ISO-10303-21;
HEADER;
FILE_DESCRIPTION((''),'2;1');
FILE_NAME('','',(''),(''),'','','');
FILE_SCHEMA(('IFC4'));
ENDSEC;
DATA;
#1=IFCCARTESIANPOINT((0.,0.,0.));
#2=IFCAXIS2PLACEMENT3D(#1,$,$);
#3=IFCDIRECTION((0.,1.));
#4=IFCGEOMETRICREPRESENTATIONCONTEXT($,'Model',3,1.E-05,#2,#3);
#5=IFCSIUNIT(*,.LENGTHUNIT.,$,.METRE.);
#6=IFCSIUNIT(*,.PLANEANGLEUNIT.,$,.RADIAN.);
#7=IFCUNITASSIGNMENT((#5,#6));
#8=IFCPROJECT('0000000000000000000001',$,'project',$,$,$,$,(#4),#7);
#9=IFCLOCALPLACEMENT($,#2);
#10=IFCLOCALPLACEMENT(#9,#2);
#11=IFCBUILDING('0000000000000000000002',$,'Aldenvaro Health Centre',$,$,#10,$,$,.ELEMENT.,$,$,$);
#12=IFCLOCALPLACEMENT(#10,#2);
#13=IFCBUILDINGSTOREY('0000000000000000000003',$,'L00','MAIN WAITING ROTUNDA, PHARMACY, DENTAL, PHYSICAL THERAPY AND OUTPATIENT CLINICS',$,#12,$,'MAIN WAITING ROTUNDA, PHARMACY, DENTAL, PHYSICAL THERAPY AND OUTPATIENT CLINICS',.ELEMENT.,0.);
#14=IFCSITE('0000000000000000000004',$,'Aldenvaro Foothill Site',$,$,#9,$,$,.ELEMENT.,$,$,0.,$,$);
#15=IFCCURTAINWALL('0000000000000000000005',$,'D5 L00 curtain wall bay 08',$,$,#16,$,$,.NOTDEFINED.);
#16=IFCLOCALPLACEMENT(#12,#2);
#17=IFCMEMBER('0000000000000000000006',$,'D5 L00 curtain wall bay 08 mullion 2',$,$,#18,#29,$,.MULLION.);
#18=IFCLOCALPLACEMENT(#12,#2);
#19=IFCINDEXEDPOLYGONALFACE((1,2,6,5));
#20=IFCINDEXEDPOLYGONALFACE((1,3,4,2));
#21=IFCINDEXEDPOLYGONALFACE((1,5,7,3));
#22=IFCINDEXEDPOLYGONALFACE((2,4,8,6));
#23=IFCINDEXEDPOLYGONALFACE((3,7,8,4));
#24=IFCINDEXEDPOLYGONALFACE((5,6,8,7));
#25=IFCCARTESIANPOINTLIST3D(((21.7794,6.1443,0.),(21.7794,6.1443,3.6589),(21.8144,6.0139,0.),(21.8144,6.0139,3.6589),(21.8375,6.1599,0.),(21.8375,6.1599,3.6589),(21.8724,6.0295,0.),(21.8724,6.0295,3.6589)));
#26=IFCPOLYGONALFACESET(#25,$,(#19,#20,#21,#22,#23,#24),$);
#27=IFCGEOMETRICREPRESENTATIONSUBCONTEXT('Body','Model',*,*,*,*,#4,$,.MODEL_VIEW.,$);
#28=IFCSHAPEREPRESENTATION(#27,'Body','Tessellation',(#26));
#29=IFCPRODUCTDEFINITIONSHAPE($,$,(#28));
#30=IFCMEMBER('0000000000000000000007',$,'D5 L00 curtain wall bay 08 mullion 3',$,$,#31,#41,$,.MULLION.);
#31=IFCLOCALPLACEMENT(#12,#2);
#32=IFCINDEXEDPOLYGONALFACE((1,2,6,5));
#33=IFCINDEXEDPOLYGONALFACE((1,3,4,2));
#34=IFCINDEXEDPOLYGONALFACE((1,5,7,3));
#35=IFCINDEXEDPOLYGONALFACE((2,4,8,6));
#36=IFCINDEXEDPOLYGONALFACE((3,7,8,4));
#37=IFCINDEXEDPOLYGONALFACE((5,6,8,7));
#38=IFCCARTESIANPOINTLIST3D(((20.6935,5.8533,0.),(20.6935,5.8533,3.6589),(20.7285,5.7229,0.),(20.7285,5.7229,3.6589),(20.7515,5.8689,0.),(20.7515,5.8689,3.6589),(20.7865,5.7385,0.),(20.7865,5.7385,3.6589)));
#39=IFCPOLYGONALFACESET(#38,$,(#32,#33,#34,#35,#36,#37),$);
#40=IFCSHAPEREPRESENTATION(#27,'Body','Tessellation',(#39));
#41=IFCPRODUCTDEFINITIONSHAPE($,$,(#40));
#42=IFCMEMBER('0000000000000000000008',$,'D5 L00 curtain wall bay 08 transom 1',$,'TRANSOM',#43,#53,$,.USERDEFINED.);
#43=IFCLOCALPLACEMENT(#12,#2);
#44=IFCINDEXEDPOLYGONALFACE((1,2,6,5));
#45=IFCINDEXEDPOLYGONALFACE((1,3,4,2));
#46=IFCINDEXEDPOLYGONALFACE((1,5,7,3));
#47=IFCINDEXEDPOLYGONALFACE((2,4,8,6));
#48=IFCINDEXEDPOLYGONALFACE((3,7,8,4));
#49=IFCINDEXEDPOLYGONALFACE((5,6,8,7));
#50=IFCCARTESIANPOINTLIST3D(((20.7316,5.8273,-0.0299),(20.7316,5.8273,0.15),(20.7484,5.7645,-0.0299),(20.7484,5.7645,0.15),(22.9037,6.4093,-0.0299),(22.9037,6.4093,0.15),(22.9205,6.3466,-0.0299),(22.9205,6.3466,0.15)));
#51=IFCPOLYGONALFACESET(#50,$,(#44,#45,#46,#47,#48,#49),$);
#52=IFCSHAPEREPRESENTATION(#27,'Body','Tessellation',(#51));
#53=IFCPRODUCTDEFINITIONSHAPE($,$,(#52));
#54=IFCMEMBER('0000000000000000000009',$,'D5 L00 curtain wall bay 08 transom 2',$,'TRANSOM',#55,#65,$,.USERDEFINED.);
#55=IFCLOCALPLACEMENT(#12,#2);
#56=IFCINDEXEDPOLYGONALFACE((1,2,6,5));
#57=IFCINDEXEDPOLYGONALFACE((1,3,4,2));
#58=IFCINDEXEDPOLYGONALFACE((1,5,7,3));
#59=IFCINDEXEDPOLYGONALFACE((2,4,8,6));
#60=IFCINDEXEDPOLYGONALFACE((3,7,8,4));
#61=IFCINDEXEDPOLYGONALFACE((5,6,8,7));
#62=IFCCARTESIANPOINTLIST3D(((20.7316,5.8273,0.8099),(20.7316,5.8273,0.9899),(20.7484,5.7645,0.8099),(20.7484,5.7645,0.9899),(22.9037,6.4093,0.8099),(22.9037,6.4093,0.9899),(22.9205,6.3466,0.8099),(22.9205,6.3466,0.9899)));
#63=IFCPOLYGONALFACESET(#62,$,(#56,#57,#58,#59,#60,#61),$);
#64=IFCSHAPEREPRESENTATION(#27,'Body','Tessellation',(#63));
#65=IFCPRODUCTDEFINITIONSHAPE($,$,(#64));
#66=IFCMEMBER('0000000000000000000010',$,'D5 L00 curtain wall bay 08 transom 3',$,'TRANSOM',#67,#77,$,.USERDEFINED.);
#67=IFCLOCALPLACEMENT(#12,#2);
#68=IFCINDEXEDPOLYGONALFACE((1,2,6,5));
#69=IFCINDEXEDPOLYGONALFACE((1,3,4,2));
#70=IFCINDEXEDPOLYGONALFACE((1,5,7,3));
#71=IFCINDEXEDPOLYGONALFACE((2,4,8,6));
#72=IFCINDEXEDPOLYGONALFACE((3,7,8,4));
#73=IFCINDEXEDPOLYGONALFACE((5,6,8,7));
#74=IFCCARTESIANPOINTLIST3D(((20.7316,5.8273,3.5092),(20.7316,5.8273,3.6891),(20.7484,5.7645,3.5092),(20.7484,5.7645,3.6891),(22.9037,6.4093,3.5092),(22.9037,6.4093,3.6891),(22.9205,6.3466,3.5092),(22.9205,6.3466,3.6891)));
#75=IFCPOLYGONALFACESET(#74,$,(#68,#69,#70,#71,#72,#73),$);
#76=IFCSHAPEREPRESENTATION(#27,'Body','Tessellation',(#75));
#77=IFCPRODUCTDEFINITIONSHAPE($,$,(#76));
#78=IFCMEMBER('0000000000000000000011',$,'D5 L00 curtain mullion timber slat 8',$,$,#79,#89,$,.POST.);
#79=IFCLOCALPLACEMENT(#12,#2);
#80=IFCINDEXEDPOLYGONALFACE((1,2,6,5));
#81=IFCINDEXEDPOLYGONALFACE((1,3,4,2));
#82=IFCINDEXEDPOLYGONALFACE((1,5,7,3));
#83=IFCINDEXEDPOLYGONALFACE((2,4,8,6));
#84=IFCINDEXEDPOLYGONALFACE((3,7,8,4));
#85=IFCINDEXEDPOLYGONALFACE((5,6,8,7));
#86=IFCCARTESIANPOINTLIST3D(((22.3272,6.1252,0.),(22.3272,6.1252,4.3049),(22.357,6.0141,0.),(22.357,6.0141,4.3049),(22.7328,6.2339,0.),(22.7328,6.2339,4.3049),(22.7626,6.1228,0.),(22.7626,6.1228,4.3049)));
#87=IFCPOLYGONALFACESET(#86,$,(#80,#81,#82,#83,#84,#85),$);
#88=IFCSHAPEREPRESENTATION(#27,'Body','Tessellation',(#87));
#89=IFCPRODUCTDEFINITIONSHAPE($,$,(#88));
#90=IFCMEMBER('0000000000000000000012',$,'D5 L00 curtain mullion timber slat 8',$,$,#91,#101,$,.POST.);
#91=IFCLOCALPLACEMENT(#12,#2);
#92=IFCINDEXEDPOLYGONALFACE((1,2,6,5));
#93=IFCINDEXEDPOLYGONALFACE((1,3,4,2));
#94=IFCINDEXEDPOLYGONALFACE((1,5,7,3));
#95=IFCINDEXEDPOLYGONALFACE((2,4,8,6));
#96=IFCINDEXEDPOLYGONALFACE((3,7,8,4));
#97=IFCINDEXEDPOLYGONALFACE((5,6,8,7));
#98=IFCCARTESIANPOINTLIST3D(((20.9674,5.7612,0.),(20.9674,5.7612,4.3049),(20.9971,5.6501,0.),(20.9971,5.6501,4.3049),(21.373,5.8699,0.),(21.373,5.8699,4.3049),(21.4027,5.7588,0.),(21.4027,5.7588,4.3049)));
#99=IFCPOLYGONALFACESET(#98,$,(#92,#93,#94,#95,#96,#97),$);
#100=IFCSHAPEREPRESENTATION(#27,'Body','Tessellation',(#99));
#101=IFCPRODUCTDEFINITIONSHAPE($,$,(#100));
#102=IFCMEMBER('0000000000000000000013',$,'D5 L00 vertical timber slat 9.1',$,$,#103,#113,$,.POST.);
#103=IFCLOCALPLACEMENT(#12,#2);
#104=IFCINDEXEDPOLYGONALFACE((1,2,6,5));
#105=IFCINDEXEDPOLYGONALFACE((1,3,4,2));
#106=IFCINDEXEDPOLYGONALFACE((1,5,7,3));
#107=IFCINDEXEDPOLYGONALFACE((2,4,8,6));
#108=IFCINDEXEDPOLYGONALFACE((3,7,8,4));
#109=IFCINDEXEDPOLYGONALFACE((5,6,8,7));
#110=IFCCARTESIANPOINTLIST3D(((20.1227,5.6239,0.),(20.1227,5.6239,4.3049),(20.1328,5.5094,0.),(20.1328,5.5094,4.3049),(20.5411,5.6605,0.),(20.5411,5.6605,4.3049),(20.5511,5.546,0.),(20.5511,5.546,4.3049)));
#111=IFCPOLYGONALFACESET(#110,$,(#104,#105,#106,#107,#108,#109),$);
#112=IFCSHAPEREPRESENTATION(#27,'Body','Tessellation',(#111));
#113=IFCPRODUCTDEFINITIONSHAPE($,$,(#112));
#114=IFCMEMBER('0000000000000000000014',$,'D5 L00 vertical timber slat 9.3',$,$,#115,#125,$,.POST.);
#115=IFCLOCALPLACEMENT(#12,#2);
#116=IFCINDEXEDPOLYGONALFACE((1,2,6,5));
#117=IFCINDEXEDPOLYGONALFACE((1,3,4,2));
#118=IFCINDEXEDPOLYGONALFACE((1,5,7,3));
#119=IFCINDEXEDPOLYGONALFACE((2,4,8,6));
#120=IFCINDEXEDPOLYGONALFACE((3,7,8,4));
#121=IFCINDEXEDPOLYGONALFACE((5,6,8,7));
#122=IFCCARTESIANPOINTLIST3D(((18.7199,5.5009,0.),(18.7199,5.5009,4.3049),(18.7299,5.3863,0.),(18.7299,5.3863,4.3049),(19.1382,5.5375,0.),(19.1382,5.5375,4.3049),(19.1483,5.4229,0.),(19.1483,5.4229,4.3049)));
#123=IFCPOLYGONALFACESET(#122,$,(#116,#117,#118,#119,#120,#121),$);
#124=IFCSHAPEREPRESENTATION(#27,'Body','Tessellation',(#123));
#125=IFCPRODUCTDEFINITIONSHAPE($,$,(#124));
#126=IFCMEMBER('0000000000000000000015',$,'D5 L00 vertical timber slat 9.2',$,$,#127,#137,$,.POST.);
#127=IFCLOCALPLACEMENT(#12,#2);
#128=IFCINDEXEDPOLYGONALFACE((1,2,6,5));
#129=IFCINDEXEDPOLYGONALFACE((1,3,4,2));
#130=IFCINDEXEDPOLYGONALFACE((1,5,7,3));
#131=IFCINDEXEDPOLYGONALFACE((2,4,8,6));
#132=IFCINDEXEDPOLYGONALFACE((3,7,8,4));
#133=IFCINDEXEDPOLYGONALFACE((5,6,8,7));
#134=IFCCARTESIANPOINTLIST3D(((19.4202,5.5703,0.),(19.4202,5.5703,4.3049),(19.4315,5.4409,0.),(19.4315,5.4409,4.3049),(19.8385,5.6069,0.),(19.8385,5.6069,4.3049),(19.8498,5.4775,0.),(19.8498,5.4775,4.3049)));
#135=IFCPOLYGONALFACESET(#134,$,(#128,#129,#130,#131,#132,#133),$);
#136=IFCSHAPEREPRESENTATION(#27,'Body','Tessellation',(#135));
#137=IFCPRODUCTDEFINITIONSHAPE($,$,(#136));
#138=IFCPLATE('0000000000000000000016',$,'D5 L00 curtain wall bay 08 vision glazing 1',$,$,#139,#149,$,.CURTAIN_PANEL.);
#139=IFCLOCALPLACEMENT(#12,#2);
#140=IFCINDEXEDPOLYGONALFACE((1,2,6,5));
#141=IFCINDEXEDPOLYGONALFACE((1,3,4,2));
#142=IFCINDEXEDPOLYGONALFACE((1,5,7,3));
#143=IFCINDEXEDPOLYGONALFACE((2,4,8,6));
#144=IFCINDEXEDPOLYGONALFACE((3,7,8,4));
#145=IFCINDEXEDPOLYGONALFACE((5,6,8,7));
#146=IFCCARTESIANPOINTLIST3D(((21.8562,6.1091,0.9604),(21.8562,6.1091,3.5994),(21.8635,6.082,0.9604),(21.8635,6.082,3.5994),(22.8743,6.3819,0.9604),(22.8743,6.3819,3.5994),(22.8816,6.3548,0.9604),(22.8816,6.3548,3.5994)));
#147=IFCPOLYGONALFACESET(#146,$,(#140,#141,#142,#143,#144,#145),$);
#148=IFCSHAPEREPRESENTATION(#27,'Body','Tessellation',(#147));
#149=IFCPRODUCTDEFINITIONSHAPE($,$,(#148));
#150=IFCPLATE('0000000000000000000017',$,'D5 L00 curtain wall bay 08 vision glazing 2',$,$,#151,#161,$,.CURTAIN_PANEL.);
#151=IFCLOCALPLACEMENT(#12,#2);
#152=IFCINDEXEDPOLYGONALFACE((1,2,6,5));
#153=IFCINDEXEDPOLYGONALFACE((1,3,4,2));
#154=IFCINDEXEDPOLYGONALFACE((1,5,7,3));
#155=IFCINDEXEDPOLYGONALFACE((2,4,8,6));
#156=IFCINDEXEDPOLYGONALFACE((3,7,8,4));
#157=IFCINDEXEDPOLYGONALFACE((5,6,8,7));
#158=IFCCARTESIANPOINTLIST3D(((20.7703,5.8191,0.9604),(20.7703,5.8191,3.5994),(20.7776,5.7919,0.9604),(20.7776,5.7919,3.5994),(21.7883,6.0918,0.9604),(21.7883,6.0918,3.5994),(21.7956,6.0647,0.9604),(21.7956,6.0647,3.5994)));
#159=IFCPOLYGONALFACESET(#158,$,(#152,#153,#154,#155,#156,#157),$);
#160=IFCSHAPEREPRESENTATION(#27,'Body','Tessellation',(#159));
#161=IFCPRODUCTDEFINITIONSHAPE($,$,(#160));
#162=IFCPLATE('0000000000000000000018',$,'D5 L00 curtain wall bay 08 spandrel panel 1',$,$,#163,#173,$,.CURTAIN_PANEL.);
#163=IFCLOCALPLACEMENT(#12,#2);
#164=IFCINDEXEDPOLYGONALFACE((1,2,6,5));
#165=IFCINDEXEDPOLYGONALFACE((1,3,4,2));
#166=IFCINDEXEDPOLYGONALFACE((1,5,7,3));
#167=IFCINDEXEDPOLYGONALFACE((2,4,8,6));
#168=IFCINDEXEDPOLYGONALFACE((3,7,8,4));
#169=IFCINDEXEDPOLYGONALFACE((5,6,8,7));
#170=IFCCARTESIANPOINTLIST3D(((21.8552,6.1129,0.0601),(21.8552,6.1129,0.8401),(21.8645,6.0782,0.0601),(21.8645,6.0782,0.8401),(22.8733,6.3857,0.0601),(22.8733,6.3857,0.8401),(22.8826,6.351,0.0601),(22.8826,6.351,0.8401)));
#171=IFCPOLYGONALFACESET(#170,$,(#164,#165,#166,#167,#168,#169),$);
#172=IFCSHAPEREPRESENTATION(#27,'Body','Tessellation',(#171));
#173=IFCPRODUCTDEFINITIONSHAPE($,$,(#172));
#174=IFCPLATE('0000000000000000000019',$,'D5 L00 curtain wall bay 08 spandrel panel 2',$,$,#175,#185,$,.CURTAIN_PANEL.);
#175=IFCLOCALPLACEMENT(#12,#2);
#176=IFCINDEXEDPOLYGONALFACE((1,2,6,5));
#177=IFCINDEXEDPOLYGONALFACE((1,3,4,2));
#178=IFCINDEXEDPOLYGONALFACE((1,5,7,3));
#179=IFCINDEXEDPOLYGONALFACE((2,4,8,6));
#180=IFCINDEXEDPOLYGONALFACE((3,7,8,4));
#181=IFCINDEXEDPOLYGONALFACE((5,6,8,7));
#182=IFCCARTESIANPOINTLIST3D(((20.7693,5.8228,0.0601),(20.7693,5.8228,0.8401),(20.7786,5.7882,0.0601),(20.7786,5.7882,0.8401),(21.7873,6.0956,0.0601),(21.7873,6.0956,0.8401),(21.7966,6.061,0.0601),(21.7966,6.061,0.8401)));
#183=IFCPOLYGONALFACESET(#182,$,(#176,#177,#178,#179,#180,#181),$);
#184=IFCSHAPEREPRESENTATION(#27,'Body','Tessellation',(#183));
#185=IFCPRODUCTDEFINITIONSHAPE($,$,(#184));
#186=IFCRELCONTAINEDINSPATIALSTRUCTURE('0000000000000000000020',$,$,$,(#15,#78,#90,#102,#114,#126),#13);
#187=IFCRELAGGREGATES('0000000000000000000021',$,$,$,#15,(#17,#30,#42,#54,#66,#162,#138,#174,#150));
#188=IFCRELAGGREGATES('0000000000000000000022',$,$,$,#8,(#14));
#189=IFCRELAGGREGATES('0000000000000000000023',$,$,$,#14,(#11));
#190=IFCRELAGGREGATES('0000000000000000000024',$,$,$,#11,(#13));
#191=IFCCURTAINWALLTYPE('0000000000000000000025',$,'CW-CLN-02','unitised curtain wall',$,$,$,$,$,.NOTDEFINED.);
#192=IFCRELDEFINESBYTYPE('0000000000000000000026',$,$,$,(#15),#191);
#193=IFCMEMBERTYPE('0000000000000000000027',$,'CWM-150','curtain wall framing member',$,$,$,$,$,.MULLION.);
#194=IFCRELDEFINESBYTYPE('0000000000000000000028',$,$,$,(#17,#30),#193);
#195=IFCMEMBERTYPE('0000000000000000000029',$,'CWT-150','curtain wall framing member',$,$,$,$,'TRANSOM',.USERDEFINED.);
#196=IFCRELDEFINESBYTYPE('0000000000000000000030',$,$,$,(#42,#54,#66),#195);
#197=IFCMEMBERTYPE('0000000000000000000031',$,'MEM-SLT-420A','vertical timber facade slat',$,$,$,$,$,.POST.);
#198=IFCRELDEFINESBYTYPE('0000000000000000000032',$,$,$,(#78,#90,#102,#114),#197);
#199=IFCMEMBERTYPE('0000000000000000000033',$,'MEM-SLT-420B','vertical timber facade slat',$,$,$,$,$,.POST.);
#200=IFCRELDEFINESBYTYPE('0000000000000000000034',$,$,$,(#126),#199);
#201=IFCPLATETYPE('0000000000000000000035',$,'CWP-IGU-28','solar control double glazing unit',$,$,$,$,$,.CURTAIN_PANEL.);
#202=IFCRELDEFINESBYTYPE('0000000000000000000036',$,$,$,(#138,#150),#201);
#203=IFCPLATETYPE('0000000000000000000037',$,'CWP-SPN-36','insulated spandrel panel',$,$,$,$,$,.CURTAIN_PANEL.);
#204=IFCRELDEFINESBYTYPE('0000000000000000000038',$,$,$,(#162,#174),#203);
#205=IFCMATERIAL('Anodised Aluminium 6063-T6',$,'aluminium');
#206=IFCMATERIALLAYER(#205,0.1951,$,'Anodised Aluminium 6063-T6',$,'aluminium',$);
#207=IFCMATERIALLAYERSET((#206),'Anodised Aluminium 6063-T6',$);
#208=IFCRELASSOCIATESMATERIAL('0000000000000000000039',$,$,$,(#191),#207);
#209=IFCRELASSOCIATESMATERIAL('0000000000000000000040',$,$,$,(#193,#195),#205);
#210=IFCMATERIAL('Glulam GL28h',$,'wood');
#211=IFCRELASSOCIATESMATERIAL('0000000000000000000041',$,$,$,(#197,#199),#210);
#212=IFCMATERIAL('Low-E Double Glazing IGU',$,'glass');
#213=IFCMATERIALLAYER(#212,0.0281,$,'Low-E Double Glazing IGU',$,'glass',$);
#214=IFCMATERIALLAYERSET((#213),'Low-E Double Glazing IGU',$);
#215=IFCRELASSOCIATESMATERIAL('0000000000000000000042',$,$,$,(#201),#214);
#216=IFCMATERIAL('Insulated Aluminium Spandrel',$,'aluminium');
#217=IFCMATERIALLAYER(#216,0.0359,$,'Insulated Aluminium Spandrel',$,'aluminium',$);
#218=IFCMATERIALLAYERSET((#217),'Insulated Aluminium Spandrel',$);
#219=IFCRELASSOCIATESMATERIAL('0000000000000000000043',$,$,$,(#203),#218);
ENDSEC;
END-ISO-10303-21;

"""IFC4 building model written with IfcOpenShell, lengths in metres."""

from ifc_helpers import new_model, si_unit, direction, frame, origin, origin_2d, place, context, subcontext, project, spatial, rectangle, extrude, material, layer, layer_set, material_profile, profile_set, type_object, element, aggregate, save


model = new_model("IFC4")

# Units and contexts
model_context = context("Model", 3, precision=1e-05, world=origin(), true_north=direction((0.0, 1.0)))
body_context = subcontext(model_context, "Body", "Model", "MODEL_VIEW")
ifc_project = project(units=[si_unit("LENGTHUNIT", "METRE"), si_unit("PLANEANGLEUNIT", "RADIAN")], contexts=[model_context])

# Site, building, storey
site_placement = place(None, origin())
site = spatial("IfcSite", under=ifc_project, at=site_placement, Name="Aldenvaro Foothill Site", CompositionType="ELEMENT", RefElevation=0.0)
building_placement = place(site_placement, origin())
building = spatial("IfcBuilding", under=site, at=building_placement, Name="Aldenvaro Health Centre", CompositionType="ELEMENT")
storey_placement = place(building_placement, origin())
storey = spatial("IfcBuildingStorey", under=building, at=storey_placement, Name="L00", Description="MAIN WAITING ROTUNDA, PHARMACY, DENTAL, PHYSICAL THERAPY AND OUTPATIENT CLINICS", LongName="MAIN WAITING ROTUNDA, PHARMACY, DENTAL, PHYSICAL THERAPY AND OUTPATIENT CLINICS", CompositionType="ELEMENT", Elevation=0.0)

# Curtain wall, members
ifc_material_1 = material(Name="Anodised Aluminium 6063-T6", Category="aluminium")
ifc_layer_1 = layer(ifc_material_1, 0.1951, Name="Anodised Aluminium 6063-T6", Category="aluminium")
ifc_layer_set_1 = layer_set([ifc_layer_1], Name="Anodised Aluminium 6063-T6")
curtain_wall_type = type_object("IfcCurtainWallType", Name="CW-CLN-02", Description="unitised curtain wall", PredefinedType="NOTDEFINED", material=ifc_layer_set_1)
curtain_wall_placement = place(storey_placement, origin())
curtain_wall = element("IfcCurtainWall", 1, at=curtain_wall_placement, inside=storey, type_object=curtain_wall_type, Name="D5 L00 curtain wall bay 08", PredefinedType="NOTDEFINED")
ifc_material_profile_1 = material_profile(ifc_material_1, rectangle(XDim=0.0601, YDim=0.135, at=origin_2d()), Name="ALU 60x135", Category="aluminium")
ifc_profile_set_1 = profile_set([ifc_material_profile_1], Name="Anodised Aluminium 6063-T6")
member_type_1 = type_object("IfcMemberType", Name="CWM-150", Description="curtain wall framing member", PredefinedType="MULLION", material=ifc_profile_set_1)
member_1_placement = place(storey_placement, frame((21.8259, 6.0869, 0.0), z_axis=(0.0, 0.0, 1.0), x_axis=(-0.965924, -0.258825, 0.0)))
member_1 = element("IfcMember", 2, at=member_1_placement, type_object=member_type_1, Name="D5 L00 curtain wall bay 08 mullion 2", PredefinedType="MULLION", context=body_context, shape_type="SweptSolid", body=[
    extrude(rectangle(XDim=0.0601, YDim=0.135, at=origin_2d()), origin(), (0.0, 0.0, 1.0), 3.6589),
])
member_2_placement = place(storey_placement, frame((20.74, 5.7959, 0.0), z_axis=(0.0, 0.0, 1.0), x_axis=(-0.965924, -0.258825, 0.0)))
member_2 = element("IfcMember", 3, at=member_2_placement, type_object=member_type_1, Name="D5 L00 curtain wall bay 08 mullion 3", PredefinedType="MULLION", context=body_context, shape_type="SweptSolid", body=[
    extrude(rectangle(XDim=0.0601, YDim=0.135, at=origin_2d()), origin(), (0.0, 0.0, 1.0), 3.6589),
])
ifc_material_profile_2 = material_profile(ifc_material_1, rectangle(XDim=0.0649, YDim=0.1799, at=origin_2d()), Name="ALU 65x180", Category="aluminium")
ifc_profile_set_2 = profile_set([ifc_material_profile_2], Name="Anodised Aluminium 6063-T6")
member_type_2 = type_object("IfcMemberType", Name="CWT-150", Description="curtain wall framing member", ElementType="TRANSOM", PredefinedType="USERDEFINED", material=ifc_profile_set_2)
member_3_placement = place(storey_placement, frame((22.9121, 6.3779, 0.0601), z_axis=(-0.965924, -0.258825, 0.0), x_axis=(0.258825, -0.965924, 0.0)))
member_3 = element("IfcMember", 4, at=member_3_placement, type_object=member_type_2, Name="D5 L00 curtain wall bay 08 transom 1", ObjectType="TRANSOM", PredefinedType="USERDEFINED", context=body_context, shape_type="SweptSolid", body=[
    extrude(rectangle(XDim=0.0649, YDim=0.1799, at=origin_2d()), origin(), (0.0, 0.0, 1.0), 2.2488),
])
member_4_placement = place(storey_placement, frame((22.9121, 6.3779, 0.8999), z_axis=(-0.965924, -0.258825, 0.0), x_axis=(0.258825, -0.965924, 0.0)))
member_4 = element("IfcMember", 5, at=member_4_placement, type_object=member_type_2, Name="D5 L00 curtain wall bay 08 transom 2", ObjectType="TRANSOM", PredefinedType="USERDEFINED", context=body_context, shape_type="SweptSolid", body=[
    extrude(rectangle(XDim=0.0649, YDim=0.1799, at=origin_2d()), origin(), (0.0, 0.0, 1.0), 2.2488),
])
member_5_placement = place(storey_placement, frame((22.9121, 6.3779, 3.5991), z_axis=(-0.965924, -0.258825, 0.0), x_axis=(0.258825, -0.965924, 0.0)))
member_5 = element("IfcMember", 6, at=member_5_placement, type_object=member_type_2, Name="D5 L00 curtain wall bay 08 transom 3", ObjectType="TRANSOM", PredefinedType="USERDEFINED", context=body_context, shape_type="SweptSolid", body=[
    extrude(rectangle(XDim=0.0649, YDim=0.1799, at=origin_2d()), origin(), (0.0, 0.0, 1.0), 2.2488),
])

# Members
ifc_material_2 = material(Name="Glulam GL28h", Category="wood")
ifc_material_profile_3 = material_profile(ifc_material_2, rectangle(XDim=0.115, YDim=0.4199, at=origin_2d()), Name="GL 115x420", Category="wood")
ifc_profile_set_3 = profile_set([ifc_material_profile_3], Name="Glulam GL28h")
member_type_3 = type_object("IfcMemberType", Name="MEM-SLT-420A", Description="vertical timber facade slat", PredefinedType="POST", material=ifc_profile_set_3)
for number, where, z_axis, x_axis, name in (
    (7, (22.5449, 6.124, 0.0), (0.0, 0.0, 1.0), (0.258825, -0.965924, 0.0), "D5 L00 curtain mullion timber slat 8"),
    (8, (21.1851, 5.76, 0.0), (0.0, 0.0, 1.0), (0.258825, -0.965924, 0.0), "D5 L00 curtain mullion timber slat 8"),
    (9, (20.3369, 5.585, 0.0), (0.0, 0.0, 1.0), (0.087167, -0.996194, 0.0), "D5 L00 vertical timber slat 9.1"),
    (10, (18.9341, 5.4619, 0.0), (0.0, 0.0, 1.0), (0.087167, -0.996194, 0.0), "D5 L00 vertical timber slat 9.3"),
):
    element("IfcMember", number, at=place(storey_placement, frame(where, z_axis=z_axis, x_axis=x_axis)), inside=storey, type_object=member_type_3, Name=name, PredefinedType="POST", context=body_context, shape_type="SweptSolid", body=[
        extrude(rectangle(XDim=0.115, YDim=0.4199, at=origin_2d()), origin(), (0.0, 0.0, 1.0), 4.3049),
    ])
ifc_material_profile_4 = material_profile(ifc_material_2, rectangle(XDim=0.1299, YDim=0.4199, at=origin_2d()), Name="GL 130x420", Category="wood")
ifc_profile_set_4 = profile_set([ifc_material_profile_4], Name="Glulam GL28h")
member_type_4 = type_object("IfcMemberType", Name="MEM-SLT-420B", Description="vertical timber facade slat", PredefinedType="POST", material=ifc_profile_set_4)
member_6_placement = place(storey_placement, frame((19.635, 5.5239, 0.0), z_axis=(0.0, 0.0, 1.0), x_axis=(0.087167, -0.996194, 0.0)))
element("IfcMember", 11, at=member_6_placement, inside=storey, type_object=member_type_4, Name="D5 L00 vertical timber slat 9.2", PredefinedType="POST", context=body_context, shape_type="SweptSolid", body=[
    extrude(rectangle(XDim=0.1299, YDim=0.4199, at=origin_2d()), origin(), (0.0, 0.0, 1.0), 4.3049),
])

# Plates
ifc_material_3 = material(Name="Low-E Double Glazing IGU", Category="glass")
ifc_layer_2 = layer(ifc_material_3, 0.0281, Name="Low-E Double Glazing IGU", Category="glass")
ifc_layer_set_2 = layer_set([ifc_layer_2], Name="Low-E Double Glazing IGU")
plate_type_1 = type_object("IfcPlateType", Name="CWP-IGU-28", Description="solar control double glazing unit", PredefinedType="CURTAIN_PANEL", material=ifc_layer_set_2)
plate_1_placement = place(storey_placement, frame((22.3689, 6.2319, 0.9604), z_axis=(0.0, 0.0, 1.0), x_axis=(-0.965924, -0.258825, 0.0)))
plate_1 = element("IfcPlate", 12, at=plate_1_placement, type_object=plate_type_1, Name="D5 L00 curtain wall bay 08 vision glazing 1", PredefinedType="CURTAIN_PANEL", context=body_context, shape_type="SweptSolid", body=[
    extrude(rectangle(XDim=1.054, YDim=0.0281, at=origin_2d()), origin(), (0.0, 0.0, 1.0), 2.6389),
])
plate_2_placement = place(storey_placement, frame((21.283, 5.9419, 0.9604), z_axis=(0.0, 0.0, 1.0), x_axis=(-0.965924, -0.258825, 0.0)))
plate_2 = element("IfcPlate", 13, at=plate_2_placement, type_object=plate_type_1, Name="D5 L00 curtain wall bay 08 vision glazing 2", PredefinedType="CURTAIN_PANEL", context=body_context, shape_type="SweptSolid", body=[
    extrude(rectangle(XDim=1.054, YDim=0.0281, at=origin_2d()), origin(), (0.0, 0.0, 1.0), 2.6389),
])
ifc_material_4 = material(Name="Insulated Aluminium Spandrel", Category="aluminium")
ifc_layer_3 = layer(ifc_material_4, 0.0359, Name="Insulated Aluminium Spandrel", Category="aluminium")
ifc_layer_set_3 = layer_set([ifc_layer_3], Name="Insulated Aluminium Spandrel")
plate_type_2 = type_object("IfcPlateType", Name="CWP-SPN-36", Description="insulated spandrel panel", PredefinedType="CURTAIN_PANEL", material=ifc_layer_set_3)
plate_3_placement = place(storey_placement, frame((22.3689, 6.2319, 0.0601), z_axis=(0.0, 0.0, 1.0), x_axis=(-0.965924, -0.258825, 0.0)))
plate_3 = element("IfcPlate", 14, at=plate_3_placement, type_object=plate_type_2, Name="D5 L00 curtain wall bay 08 spandrel panel 1", PredefinedType="CURTAIN_PANEL", context=body_context, shape_type="SweptSolid", body=[
    extrude(rectangle(XDim=1.054, YDim=0.0359, at=origin_2d()), origin(), (0.0, 0.0, 1.0), 0.78),
])
plate_4_placement = place(storey_placement, frame((21.283, 5.9419, 0.0601), z_axis=(0.0, 0.0, 1.0), x_axis=(-0.965924, -0.258825, 0.0)))
plate_4 = element("IfcPlate", 15, at=plate_4_placement, type_object=plate_type_2, Name="D5 L00 curtain wall bay 08 spandrel panel 2", PredefinedType="CURTAIN_PANEL", context=body_context, shape_type="SweptSolid", body=[
    extrude(rectangle(XDim=1.054, YDim=0.0359, at=origin_2d()), origin(), (0.0, 0.0, 1.0), 0.78),
])
aggregate(curtain_wall, [member_1, member_2, member_3, member_4, member_5, plate_3, plate_1, plate_4, plate_2])

save(model, "model.ifc")
